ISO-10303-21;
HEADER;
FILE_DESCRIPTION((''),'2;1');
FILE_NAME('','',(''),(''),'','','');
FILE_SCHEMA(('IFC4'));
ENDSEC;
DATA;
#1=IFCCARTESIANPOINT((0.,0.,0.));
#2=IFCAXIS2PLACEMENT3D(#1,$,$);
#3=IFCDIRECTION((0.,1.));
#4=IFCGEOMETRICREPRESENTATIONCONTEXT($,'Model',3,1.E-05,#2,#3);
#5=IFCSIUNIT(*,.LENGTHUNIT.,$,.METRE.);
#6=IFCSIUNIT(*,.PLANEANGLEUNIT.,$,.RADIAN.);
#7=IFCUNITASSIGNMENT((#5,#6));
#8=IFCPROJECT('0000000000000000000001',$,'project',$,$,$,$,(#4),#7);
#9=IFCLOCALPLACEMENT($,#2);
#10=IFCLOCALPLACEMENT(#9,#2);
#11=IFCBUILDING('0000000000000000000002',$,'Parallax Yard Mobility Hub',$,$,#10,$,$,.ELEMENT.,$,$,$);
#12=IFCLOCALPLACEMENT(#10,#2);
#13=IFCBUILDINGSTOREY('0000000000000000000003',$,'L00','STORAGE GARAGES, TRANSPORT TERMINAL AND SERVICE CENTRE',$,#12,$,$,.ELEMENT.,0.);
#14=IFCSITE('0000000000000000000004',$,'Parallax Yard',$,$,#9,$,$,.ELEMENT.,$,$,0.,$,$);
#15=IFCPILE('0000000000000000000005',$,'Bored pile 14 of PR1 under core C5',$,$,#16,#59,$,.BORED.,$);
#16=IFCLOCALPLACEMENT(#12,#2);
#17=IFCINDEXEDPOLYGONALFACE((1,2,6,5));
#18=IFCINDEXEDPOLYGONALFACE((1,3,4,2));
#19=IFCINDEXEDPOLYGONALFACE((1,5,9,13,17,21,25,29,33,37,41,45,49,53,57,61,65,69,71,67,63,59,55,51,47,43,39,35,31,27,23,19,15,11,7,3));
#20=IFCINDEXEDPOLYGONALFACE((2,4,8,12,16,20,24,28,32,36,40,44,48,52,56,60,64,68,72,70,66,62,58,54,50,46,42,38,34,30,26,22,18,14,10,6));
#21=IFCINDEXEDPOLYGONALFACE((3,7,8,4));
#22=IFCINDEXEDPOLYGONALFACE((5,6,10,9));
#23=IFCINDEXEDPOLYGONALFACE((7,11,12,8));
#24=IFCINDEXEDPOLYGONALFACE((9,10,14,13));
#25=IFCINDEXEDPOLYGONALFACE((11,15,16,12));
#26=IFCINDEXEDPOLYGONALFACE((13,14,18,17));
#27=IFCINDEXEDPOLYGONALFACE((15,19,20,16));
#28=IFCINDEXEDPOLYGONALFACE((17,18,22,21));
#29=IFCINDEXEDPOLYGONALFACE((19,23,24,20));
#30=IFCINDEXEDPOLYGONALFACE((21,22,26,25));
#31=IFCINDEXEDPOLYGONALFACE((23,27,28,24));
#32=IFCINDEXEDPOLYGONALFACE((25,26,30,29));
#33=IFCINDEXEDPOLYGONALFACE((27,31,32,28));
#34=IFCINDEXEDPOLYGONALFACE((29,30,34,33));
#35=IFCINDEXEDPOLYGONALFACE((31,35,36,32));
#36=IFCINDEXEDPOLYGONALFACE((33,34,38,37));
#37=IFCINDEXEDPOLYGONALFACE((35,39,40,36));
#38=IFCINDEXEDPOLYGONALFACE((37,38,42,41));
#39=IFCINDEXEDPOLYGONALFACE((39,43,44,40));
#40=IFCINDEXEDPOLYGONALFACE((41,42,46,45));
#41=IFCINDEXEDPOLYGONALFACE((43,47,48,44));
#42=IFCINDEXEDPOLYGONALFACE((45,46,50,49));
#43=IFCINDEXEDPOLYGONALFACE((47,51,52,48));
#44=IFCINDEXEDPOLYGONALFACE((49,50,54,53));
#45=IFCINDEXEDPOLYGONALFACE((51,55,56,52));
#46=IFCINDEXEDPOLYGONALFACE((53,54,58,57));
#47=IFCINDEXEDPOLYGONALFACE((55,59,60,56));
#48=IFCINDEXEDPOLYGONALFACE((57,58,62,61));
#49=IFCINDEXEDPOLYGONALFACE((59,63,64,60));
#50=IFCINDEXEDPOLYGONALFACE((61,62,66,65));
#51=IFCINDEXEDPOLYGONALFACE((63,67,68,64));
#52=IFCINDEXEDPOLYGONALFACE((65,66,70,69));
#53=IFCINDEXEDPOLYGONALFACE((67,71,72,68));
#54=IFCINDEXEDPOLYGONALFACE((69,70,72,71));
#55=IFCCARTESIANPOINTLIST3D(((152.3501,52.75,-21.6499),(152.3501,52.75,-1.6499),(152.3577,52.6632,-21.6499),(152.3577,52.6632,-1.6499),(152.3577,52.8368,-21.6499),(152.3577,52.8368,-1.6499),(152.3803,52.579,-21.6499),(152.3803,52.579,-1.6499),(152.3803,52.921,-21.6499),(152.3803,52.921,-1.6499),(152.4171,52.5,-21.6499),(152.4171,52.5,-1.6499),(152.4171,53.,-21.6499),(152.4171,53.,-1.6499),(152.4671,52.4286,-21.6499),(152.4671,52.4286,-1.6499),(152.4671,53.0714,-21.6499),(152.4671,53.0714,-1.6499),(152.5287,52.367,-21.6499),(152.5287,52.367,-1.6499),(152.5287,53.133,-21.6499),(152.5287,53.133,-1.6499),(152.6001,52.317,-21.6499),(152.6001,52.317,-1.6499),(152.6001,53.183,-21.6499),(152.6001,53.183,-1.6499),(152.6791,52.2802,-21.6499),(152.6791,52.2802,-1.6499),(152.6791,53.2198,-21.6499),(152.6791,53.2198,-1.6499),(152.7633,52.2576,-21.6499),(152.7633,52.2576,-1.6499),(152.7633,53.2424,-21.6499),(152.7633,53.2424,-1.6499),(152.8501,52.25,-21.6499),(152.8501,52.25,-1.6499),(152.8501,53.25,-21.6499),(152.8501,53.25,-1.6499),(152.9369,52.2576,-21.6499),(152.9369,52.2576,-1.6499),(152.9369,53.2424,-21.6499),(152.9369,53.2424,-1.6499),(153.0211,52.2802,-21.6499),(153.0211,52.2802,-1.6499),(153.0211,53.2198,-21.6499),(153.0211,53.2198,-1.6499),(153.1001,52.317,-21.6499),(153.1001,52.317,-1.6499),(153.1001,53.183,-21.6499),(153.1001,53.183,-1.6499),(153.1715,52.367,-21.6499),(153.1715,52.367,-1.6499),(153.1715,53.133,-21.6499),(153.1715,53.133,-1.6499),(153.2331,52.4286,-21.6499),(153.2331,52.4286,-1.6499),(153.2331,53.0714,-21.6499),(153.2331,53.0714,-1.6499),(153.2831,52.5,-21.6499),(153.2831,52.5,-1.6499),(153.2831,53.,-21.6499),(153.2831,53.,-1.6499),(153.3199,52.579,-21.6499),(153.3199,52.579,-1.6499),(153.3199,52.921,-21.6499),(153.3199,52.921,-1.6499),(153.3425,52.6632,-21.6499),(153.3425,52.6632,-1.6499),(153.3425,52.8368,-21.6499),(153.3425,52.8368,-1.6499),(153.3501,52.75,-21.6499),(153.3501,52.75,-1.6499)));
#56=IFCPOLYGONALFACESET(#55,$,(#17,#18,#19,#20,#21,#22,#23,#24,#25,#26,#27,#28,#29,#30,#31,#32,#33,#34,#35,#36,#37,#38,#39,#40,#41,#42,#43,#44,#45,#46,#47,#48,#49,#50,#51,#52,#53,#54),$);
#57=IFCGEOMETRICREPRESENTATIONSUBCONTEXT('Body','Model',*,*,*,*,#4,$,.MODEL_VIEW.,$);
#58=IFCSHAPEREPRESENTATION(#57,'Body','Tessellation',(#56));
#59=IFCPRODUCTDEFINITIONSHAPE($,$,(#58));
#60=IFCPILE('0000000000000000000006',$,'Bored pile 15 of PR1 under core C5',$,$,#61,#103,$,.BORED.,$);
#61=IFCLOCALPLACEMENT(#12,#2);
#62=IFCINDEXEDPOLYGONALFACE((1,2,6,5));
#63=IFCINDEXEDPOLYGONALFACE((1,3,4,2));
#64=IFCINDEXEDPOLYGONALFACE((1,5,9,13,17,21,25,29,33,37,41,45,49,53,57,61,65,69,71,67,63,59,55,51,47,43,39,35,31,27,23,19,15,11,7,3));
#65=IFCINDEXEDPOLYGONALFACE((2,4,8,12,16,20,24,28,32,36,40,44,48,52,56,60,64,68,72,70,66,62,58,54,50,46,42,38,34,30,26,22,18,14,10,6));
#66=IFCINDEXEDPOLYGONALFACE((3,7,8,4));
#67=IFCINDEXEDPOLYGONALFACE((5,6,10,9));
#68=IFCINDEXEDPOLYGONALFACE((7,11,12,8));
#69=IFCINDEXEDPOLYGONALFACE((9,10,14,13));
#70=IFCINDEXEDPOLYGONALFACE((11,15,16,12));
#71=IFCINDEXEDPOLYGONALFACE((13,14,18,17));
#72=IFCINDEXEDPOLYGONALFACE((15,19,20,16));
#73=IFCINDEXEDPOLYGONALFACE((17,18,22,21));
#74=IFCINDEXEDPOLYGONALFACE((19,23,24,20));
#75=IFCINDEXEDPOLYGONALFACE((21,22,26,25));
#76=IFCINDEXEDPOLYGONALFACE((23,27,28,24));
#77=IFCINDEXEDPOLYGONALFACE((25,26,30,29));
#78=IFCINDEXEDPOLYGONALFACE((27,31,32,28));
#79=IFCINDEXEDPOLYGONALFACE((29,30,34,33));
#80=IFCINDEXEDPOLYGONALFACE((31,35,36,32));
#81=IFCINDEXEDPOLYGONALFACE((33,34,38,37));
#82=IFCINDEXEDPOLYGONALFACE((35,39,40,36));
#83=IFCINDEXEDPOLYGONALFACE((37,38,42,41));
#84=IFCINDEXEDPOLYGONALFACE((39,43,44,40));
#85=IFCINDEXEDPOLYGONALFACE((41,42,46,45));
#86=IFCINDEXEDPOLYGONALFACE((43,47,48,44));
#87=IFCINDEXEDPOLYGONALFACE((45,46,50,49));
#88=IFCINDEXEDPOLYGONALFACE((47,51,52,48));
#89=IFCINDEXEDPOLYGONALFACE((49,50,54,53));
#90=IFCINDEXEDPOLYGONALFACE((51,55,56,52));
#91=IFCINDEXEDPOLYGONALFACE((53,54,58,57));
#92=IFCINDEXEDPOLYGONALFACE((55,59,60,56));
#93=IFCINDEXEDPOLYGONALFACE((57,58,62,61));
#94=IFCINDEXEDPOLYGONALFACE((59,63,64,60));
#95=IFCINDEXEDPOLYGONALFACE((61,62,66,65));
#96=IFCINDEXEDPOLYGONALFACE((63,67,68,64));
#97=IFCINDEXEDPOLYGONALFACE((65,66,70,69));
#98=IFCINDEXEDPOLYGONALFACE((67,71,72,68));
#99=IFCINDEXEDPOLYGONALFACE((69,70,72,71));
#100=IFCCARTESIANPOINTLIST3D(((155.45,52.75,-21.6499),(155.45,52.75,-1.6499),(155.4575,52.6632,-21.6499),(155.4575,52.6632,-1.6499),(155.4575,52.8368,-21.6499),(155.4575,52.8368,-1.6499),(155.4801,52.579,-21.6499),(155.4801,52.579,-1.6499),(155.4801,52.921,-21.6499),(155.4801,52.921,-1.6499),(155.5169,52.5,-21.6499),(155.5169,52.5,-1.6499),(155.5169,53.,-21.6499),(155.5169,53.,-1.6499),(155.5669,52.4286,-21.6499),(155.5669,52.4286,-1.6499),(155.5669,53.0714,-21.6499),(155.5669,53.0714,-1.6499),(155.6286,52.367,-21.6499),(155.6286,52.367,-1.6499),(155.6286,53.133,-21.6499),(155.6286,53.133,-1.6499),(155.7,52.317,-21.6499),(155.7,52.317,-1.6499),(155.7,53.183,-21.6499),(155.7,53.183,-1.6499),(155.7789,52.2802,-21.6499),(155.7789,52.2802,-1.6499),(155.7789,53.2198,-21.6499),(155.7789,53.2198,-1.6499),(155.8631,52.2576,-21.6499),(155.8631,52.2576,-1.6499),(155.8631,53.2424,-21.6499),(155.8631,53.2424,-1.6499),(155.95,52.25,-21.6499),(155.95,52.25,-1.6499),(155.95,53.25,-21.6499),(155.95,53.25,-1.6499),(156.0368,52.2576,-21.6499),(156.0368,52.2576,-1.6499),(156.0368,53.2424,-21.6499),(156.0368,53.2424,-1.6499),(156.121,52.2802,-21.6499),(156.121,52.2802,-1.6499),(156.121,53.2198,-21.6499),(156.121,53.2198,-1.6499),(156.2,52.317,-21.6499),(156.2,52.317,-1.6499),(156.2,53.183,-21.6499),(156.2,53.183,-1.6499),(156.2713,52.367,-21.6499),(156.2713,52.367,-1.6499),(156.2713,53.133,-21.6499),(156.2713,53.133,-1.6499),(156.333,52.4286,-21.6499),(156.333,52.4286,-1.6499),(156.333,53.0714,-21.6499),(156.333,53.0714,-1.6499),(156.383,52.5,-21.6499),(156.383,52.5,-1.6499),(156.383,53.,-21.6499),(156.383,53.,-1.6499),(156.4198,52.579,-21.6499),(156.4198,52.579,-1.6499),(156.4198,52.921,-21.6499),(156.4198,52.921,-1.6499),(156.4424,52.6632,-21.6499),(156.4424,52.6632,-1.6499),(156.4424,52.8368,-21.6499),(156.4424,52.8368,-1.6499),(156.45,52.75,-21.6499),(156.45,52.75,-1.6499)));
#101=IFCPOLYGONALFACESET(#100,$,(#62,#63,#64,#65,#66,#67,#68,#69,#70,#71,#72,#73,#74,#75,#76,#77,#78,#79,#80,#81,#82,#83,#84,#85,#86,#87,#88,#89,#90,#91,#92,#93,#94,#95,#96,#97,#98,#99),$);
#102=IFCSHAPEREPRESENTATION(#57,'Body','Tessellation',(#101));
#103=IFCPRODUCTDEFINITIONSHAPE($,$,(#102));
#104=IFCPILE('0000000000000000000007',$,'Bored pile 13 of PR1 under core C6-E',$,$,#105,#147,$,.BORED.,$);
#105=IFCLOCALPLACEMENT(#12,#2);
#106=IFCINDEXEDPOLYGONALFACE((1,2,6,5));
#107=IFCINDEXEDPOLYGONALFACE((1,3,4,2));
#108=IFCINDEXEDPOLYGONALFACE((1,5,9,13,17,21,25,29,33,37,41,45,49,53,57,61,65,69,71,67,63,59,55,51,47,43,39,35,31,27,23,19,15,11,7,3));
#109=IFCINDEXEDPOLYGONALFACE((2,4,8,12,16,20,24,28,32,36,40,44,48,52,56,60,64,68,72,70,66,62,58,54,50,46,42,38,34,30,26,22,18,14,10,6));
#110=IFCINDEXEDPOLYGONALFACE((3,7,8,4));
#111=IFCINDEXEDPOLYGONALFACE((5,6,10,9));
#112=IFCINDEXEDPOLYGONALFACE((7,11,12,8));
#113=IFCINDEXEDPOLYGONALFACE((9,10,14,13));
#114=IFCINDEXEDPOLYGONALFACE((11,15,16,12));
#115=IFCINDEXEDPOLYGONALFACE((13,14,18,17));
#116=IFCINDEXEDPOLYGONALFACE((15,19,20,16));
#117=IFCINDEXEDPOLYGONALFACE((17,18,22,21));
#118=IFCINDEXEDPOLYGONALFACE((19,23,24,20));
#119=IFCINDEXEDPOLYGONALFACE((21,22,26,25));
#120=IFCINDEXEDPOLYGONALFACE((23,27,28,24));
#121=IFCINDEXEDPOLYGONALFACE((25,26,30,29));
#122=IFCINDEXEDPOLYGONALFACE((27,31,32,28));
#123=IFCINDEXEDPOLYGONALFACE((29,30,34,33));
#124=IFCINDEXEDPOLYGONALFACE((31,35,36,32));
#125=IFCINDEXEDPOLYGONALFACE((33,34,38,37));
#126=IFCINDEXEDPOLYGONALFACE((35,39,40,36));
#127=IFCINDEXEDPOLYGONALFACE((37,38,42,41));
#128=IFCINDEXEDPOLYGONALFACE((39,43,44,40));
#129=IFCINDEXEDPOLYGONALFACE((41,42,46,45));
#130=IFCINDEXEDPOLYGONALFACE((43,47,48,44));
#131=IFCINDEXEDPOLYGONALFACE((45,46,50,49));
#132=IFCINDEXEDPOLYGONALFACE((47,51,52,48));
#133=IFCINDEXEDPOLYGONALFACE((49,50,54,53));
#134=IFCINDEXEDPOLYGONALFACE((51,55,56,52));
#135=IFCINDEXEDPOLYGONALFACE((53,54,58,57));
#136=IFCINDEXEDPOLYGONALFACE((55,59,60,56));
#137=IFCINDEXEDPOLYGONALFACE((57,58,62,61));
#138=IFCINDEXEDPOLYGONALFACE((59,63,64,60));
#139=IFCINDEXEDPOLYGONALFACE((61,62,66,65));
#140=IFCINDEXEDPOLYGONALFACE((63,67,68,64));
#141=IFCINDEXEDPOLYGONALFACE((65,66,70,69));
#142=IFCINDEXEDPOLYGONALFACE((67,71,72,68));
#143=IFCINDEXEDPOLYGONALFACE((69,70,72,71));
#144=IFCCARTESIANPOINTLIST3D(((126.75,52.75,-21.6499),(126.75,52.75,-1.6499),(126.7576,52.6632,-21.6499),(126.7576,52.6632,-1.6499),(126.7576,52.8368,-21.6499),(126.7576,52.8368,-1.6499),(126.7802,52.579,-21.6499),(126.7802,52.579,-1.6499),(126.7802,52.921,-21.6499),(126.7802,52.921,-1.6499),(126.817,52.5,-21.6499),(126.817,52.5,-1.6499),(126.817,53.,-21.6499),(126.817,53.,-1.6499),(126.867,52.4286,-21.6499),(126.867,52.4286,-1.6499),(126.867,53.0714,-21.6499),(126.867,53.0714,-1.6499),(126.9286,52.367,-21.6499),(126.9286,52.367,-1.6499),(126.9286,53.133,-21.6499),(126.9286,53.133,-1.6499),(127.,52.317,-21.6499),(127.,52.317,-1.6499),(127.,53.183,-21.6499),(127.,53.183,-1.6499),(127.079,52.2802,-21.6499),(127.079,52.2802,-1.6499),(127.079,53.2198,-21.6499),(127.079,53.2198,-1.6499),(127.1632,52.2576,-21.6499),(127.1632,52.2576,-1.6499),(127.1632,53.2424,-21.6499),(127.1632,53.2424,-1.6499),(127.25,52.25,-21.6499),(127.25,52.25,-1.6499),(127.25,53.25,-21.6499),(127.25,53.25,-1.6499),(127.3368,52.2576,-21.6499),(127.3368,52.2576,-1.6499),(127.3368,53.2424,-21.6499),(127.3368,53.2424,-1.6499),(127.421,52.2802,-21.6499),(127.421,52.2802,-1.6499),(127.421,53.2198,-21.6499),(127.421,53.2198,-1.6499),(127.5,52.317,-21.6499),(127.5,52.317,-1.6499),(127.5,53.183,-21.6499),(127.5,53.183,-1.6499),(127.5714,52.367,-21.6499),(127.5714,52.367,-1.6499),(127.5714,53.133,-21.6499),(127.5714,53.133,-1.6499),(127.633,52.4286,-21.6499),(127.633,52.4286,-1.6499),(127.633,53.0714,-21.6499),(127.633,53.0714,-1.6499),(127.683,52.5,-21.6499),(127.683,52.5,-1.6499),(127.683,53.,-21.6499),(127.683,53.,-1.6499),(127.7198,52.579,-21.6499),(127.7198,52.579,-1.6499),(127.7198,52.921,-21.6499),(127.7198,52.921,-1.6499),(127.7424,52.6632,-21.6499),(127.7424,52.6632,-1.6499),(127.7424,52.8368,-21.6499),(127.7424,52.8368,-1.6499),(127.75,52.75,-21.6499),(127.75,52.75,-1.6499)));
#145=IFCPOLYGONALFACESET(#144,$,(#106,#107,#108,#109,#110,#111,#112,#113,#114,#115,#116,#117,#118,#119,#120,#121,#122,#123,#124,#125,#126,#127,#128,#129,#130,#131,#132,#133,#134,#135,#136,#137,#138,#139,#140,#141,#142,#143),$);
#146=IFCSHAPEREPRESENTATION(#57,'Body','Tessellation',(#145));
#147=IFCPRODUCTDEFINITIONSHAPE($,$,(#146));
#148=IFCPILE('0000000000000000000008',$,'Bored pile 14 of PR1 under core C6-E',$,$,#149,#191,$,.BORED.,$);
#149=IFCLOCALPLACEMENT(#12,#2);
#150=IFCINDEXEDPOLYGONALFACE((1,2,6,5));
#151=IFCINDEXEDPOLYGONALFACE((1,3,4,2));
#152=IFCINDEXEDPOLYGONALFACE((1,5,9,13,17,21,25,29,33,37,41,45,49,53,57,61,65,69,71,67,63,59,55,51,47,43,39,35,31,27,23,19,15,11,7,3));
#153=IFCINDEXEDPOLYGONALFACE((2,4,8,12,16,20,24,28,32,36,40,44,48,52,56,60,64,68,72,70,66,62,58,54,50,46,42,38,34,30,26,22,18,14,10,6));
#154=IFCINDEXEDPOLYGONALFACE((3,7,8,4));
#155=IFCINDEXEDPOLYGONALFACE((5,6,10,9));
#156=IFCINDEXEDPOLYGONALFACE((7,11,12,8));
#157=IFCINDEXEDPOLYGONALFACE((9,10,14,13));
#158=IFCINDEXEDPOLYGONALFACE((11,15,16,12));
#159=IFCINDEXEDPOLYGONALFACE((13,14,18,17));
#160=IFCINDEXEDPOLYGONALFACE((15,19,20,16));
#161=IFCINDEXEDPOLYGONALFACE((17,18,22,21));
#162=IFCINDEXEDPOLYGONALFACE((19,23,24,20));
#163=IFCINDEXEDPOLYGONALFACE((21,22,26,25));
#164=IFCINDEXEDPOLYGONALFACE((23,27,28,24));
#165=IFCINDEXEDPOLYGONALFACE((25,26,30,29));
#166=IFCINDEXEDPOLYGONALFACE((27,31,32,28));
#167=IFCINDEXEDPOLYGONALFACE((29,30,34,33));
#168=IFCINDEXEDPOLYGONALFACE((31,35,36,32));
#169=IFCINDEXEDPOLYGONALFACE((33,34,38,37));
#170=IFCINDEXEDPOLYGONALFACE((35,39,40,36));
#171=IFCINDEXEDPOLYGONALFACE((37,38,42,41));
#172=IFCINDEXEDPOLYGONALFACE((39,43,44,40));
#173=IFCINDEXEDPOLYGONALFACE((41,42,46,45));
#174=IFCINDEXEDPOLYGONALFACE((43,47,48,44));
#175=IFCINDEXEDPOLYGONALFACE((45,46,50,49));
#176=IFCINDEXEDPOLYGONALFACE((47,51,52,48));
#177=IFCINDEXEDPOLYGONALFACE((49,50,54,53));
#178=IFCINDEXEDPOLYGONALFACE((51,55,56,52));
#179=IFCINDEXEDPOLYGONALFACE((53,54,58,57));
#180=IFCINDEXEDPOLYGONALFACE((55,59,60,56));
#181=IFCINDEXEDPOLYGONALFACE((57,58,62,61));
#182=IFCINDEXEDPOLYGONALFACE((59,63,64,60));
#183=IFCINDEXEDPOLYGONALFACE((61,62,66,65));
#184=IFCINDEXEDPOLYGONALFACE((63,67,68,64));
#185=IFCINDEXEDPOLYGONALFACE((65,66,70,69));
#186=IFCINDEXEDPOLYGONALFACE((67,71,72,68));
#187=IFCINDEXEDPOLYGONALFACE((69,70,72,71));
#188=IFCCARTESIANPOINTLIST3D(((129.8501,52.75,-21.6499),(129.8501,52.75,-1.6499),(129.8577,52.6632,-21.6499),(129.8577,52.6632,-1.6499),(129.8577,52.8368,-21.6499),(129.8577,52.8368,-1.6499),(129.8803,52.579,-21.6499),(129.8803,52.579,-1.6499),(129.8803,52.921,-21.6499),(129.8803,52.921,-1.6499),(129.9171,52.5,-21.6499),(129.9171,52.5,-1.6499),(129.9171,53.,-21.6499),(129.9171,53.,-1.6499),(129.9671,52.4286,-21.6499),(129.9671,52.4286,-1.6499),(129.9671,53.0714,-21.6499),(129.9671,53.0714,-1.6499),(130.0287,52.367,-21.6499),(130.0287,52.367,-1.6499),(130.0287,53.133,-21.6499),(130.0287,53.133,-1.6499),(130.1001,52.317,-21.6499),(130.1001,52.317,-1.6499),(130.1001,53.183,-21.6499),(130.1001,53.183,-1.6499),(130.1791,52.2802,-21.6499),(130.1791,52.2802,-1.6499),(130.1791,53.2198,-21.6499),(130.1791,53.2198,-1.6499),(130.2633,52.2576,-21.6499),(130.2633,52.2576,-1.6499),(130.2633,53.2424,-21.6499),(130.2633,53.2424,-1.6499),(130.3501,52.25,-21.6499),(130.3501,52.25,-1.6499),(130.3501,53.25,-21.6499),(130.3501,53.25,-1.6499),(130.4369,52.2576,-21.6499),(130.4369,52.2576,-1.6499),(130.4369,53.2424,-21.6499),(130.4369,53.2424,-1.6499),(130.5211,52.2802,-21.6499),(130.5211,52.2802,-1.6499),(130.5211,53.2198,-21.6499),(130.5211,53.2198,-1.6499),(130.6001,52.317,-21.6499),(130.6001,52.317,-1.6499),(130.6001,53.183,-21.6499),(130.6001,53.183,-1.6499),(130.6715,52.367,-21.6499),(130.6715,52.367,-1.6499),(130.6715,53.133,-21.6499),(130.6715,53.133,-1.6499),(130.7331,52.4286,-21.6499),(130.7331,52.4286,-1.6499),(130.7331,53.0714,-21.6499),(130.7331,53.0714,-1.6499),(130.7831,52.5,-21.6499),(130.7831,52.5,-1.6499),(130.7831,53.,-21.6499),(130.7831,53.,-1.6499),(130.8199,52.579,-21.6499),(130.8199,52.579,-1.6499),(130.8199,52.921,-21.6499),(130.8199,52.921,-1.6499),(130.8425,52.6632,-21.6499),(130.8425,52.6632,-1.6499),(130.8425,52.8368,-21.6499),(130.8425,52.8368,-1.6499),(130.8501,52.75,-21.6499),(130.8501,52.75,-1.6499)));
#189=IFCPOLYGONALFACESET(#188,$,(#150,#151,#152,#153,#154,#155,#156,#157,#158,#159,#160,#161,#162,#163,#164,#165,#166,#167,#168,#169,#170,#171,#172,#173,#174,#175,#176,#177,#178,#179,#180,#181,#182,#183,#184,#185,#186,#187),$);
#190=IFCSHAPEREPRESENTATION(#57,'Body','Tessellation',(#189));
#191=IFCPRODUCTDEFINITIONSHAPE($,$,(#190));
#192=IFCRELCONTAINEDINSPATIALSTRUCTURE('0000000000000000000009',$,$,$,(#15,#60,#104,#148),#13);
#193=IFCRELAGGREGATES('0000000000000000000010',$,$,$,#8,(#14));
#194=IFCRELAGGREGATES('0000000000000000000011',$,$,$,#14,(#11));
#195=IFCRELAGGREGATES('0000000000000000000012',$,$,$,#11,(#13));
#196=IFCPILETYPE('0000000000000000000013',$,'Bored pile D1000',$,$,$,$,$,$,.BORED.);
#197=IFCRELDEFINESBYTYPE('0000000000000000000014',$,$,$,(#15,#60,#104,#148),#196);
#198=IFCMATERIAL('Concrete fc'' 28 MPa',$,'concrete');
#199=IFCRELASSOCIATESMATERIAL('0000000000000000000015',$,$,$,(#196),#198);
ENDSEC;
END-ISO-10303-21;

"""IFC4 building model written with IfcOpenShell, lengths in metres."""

from ifc_helpers import new_model, si_unit, direction, frame, origin, origin_2d, place, context, subcontext, project, spatial, circle, extrude, material, material_profile, profile_set, type_object, element, save


model = new_model("IFC4")

# Units and contexts
model_context = context("Model", 3, precision=1e-05, world=origin(), true_north=direction((0.0, 1.0)))
body_context = subcontext(model_context, "Body", "Model", "MODEL_VIEW")
ifc_project = project(units=[si_unit("LENGTHUNIT", "METRE"), si_unit("PLANEANGLEUNIT", "RADIAN")], contexts=[model_context])

# Site, building, storey
site_placement = place(None, origin())
site = spatial("IfcSite", under=ifc_project, at=site_placement, Name="Parallax Yard", CompositionType="ELEMENT", RefElevation=0.0)
building_placement = place(site_placement, origin())
building = spatial("IfcBuilding", under=site, at=building_placement, Name="Parallax Yard Mobility Hub", CompositionType="ELEMENT")
storey_placement = place(building_placement, origin())
storey = spatial("IfcBuildingStorey", under=building, at=storey_placement, Name="L00", Description="STORAGE GARAGES, TRANSPORT TERMINAL AND SERVICE CENTRE", CompositionType="ELEMENT", Elevation=0.0)

# Piles
ifc_material_1 = material(Name="Concrete fc' 28 MPa", Category="concrete")
ifc_material_profile_1 = material_profile(ifc_material_1, circle(Radius=0.5, at=origin_2d()), Name="Bored pile D1000")
ifc_profile_set_1 = profile_set([ifc_material_profile_1], Name="Concrete fc' 28 MPa")
pile_type = type_object("IfcPileType", Name="Bored pile D1000", PredefinedType="BORED", material=ifc_profile_set_1)
for number, where, z_axis, x_axis, name in (
    (1, (152.8501, 52.75, -1.6499), (0.0, 0.0, -1.0), (1.0, 0.0, 0.0), "Bored pile 14 of PR1 under core C5"),
    (2, (155.95, 52.75, -1.6499), (0.0, 0.0, -1.0), (1.0, 0.0, 0.0), "Bored pile 15 of PR1 under core C5"),
    (3, (127.25, 52.75, -1.6499), (0.0, 0.0, -1.0), (1.0, 0.0, 0.0), "Bored pile 13 of PR1 under core C6-E"),
    (4, (130.3501, 52.75, -1.6499), (0.0, 0.0, -1.0), (1.0, 0.0, 0.0), "Bored pile 14 of PR1 under core C6-E"),
):
    element("IfcPile", number, at=place(storey_placement, frame(where, z_axis=z_axis, x_axis=x_axis)), inside=storey, type_object=pile_type, Name=name, PredefinedType="BORED", context=body_context, shape_type="SweptSolid", body=[
        extrude(circle(Radius=0.5, at=origin_2d()), origin(), (0.0, 0.0, 1.0), 20.0),
    ])

save(model, "model.ifc")
